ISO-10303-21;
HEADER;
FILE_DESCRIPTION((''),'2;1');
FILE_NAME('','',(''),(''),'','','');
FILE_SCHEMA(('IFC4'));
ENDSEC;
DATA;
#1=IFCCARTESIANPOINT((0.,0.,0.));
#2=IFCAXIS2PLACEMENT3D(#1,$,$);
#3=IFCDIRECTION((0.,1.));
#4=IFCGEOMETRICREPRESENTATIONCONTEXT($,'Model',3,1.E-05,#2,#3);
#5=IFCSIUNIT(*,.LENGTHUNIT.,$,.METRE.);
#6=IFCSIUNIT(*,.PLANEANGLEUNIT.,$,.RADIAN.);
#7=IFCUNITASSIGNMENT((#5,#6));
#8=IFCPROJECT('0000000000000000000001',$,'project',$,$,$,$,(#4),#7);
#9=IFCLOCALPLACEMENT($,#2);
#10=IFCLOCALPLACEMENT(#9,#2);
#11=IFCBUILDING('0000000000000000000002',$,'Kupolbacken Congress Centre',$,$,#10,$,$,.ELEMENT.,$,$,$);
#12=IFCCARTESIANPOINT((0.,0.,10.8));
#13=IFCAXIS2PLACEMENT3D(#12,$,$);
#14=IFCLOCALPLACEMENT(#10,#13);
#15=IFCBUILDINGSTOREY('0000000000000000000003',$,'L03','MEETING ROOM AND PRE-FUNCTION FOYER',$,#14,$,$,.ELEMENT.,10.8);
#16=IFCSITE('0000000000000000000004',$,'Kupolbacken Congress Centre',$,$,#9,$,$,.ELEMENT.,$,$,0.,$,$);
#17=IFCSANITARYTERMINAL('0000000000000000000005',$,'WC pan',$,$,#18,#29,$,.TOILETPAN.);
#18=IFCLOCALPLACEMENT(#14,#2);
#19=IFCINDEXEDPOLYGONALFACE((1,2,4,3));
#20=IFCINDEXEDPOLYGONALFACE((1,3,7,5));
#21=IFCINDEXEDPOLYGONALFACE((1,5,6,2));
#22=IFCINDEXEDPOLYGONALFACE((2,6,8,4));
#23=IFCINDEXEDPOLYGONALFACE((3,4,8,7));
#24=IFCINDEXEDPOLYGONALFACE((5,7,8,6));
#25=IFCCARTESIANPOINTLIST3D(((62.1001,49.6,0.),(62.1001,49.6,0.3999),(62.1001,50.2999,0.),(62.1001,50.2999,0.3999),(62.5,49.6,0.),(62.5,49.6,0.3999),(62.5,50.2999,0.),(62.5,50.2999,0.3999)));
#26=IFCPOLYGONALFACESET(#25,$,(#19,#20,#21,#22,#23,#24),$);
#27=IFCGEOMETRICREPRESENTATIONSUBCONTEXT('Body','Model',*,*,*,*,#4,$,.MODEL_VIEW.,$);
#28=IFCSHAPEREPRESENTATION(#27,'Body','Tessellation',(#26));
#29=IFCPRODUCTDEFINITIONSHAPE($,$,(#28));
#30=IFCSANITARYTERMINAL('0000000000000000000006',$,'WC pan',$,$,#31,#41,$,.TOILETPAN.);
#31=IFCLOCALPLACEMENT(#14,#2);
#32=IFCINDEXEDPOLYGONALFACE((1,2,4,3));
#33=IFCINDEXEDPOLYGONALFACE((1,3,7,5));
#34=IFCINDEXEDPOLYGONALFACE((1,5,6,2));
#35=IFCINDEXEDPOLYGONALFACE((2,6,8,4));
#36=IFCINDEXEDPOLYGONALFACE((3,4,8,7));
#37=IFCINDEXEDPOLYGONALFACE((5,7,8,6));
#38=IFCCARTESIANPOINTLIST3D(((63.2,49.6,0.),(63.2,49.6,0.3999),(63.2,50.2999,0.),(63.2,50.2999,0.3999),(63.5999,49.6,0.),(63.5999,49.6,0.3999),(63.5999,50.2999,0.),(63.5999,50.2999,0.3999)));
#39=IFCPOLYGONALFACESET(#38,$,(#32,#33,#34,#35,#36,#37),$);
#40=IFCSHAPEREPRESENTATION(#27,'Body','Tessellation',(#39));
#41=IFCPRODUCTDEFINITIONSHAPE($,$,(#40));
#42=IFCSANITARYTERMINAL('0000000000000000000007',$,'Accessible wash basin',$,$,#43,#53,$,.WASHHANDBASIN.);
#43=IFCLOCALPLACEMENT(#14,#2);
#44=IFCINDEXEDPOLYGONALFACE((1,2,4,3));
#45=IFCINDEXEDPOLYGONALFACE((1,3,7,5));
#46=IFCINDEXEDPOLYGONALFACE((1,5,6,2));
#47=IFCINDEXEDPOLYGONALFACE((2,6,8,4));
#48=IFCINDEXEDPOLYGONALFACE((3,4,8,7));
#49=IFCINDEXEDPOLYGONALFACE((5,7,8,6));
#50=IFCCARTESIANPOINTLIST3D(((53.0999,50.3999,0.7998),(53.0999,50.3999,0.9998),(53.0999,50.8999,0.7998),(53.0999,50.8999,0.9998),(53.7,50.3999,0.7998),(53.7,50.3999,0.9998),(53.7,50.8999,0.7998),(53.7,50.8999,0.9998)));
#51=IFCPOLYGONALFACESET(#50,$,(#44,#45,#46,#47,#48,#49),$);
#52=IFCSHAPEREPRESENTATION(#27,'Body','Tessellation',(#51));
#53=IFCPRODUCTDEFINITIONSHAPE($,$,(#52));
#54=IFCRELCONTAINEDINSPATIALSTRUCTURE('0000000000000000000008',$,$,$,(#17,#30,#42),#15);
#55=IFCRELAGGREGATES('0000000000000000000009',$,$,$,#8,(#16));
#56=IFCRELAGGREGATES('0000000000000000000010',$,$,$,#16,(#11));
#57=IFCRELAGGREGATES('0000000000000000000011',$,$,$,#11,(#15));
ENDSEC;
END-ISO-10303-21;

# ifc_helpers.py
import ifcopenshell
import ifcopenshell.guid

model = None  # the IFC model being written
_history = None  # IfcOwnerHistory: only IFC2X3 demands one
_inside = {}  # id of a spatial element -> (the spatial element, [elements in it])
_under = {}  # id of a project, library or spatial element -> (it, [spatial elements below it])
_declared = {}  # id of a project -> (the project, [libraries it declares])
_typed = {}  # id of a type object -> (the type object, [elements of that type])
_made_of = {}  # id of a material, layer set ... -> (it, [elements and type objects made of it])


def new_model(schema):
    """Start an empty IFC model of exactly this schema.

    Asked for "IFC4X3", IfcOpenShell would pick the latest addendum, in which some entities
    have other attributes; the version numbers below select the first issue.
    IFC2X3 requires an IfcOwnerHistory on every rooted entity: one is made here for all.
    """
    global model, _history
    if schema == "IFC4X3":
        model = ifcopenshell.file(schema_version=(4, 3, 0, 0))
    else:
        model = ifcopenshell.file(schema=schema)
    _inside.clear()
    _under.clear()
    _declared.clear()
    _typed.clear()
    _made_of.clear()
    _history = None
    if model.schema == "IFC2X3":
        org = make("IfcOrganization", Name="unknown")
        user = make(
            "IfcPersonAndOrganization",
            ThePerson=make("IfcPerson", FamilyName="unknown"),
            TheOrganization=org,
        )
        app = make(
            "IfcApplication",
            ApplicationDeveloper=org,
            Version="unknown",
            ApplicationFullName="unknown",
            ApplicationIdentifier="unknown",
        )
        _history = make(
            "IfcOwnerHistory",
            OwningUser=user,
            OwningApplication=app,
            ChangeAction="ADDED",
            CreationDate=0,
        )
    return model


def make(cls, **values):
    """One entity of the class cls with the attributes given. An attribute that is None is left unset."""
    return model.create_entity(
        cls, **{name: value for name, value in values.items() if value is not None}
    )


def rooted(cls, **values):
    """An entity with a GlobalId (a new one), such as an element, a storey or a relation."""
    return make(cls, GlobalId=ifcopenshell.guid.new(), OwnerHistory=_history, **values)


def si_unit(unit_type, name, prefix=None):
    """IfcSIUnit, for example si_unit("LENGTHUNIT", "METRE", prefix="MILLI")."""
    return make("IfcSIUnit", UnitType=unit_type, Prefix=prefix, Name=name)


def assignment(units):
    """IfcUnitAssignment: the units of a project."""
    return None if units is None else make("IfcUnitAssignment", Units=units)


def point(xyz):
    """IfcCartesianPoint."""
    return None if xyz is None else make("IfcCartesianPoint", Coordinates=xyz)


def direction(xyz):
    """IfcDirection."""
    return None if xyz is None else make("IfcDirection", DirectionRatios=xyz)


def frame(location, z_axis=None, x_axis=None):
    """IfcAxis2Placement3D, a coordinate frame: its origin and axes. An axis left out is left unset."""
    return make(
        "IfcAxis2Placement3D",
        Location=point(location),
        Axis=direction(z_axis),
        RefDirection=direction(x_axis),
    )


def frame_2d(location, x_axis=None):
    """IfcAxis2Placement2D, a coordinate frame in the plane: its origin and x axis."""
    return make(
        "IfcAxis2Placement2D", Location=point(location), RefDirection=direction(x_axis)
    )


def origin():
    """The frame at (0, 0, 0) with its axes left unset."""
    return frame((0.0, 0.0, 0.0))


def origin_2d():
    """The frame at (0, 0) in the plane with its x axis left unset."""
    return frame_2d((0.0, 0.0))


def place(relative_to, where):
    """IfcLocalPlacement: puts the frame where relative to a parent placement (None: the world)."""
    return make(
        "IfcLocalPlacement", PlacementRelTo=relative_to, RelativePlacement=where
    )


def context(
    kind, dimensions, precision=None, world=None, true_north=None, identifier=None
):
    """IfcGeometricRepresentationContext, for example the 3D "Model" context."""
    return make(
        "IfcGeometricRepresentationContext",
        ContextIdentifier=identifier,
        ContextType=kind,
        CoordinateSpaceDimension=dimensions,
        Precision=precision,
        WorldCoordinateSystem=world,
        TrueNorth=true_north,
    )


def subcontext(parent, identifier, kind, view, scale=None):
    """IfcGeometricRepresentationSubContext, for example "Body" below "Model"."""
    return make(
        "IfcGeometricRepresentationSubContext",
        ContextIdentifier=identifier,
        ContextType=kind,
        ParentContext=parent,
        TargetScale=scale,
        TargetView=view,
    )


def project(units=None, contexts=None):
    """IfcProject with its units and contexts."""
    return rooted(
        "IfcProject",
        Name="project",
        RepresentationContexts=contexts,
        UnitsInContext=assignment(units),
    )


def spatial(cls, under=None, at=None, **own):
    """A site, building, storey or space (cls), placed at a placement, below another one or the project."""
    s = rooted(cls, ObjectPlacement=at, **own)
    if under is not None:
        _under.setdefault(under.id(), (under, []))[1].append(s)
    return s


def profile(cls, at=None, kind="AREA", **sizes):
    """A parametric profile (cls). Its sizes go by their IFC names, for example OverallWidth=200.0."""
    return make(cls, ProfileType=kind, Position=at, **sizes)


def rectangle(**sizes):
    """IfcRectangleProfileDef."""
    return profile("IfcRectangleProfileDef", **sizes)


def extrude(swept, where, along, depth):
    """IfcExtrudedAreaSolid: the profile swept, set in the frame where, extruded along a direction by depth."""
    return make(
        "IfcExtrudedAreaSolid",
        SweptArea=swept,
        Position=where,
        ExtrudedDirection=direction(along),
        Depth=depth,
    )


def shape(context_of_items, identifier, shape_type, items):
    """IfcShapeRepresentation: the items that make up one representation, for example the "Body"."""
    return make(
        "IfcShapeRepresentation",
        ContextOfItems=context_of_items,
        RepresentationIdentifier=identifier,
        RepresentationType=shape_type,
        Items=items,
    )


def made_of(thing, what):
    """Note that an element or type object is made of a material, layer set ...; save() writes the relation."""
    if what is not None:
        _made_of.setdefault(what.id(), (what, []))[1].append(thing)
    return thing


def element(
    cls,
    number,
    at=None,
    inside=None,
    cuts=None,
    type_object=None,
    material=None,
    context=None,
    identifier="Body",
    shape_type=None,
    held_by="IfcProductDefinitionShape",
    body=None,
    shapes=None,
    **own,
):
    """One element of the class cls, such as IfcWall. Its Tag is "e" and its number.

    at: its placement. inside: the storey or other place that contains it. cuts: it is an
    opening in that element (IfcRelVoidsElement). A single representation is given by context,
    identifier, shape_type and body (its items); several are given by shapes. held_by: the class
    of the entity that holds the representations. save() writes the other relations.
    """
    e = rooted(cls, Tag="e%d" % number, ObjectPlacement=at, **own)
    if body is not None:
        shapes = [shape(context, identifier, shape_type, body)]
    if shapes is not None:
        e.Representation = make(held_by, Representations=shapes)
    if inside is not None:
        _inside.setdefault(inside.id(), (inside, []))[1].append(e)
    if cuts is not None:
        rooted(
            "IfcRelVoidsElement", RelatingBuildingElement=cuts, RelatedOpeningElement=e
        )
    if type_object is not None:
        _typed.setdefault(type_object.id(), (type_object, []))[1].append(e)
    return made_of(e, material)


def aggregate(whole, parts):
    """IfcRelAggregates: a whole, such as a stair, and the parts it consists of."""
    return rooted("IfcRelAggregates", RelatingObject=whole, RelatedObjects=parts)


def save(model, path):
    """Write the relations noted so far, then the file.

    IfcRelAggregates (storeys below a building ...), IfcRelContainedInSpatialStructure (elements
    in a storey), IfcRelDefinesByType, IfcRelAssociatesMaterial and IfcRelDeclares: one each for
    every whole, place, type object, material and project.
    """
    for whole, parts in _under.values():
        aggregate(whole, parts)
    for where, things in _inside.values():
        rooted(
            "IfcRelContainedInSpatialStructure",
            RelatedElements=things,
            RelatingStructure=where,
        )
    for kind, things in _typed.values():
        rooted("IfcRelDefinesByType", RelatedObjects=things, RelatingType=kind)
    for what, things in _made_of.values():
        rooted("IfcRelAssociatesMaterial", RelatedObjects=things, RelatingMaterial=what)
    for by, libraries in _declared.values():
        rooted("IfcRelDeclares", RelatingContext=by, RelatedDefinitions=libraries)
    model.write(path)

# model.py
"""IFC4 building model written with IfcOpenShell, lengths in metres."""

from ifc_helpers import new_model, si_unit, direction, frame, origin, origin_2d, place, context, subcontext, project, spatial, rectangle, extrude, element, save


model = new_model("IFC4")

# Units and contexts
model_context = context("Model", 3, precision=1e-05, world=origin(), true_north=direction((0.0, 1.0)))
body_context = subcontext(model_context, "Body", "Model", "MODEL_VIEW")
ifc_project = project(units=[si_unit("LENGTHUNIT", "METRE"), si_unit("PLANEANGLEUNIT", "RADIAN")], contexts=[model_context])

# Site, building, storey
site_placement = place(None, origin())
site = spatial("IfcSite", under=ifc_project, at=site_placement, Name="Kupolbacken Congress Centre", CompositionType="ELEMENT", RefElevation=0.0)
building_placement = place(site_placement, origin())
building = spatial("IfcBuilding", under=site, at=building_placement, Name="Kupolbacken Congress Centre", CompositionType="ELEMENT")
storey_placement = place(building_placement, frame((0.0, 0.0, 10.8)))
storey = spatial("IfcBuildingStorey", under=building, at=storey_placement, Name="L03", Description="MEETING ROOM AND PRE-FUNCTION FOYER", CompositionType="ELEMENT", Elevation=10.8)

# Sanitary terminals
for number, where, z_axis, x_axis, name in (
    (1, (62.3, 49.95, 0.0), (0.0, 0.0, 1.0), (1.0, 0.0, 0.0), "WC pan"),
    (2, (63.3999, 49.95, 0.0), (0.0, 0.0, 1.0), (1.0, 0.0, 0.0), "WC pan"),
):
    element("IfcSanitaryTerminal", number, at=place(storey_placement, frame(where, z_axis=z_axis, x_axis=x_axis)), inside=storey, Name=name, PredefinedType="TOILETPAN", context=body_context, shape_type="SweptSolid", body=[
        extrude(rectangle(XDim=0.3999, YDim=0.7, at=origin_2d()), origin(), (0.0, 0.0, 1.0), 0.3999),
    ])
sanitary_terminal_placement = place(storey_placement, frame((53.3999, 50.6499, 0.7998), z_axis=(0.0, 0.0, 1.0), x_axis=(1.0, 0.0, 0.0)))
element("IfcSanitaryTerminal", 3, at=sanitary_terminal_placement, inside=storey, Name="Accessible wash basin", PredefinedType="WASHHANDBASIN", context=body_context, shape_type="SweptSolid", body=[
    extrude(rectangle(XDim=0.6001, YDim=0.5, at=origin_2d()), origin(), (0.0, 0.0, 1.0), 0.2),
])

save(model, "model.ifc")
